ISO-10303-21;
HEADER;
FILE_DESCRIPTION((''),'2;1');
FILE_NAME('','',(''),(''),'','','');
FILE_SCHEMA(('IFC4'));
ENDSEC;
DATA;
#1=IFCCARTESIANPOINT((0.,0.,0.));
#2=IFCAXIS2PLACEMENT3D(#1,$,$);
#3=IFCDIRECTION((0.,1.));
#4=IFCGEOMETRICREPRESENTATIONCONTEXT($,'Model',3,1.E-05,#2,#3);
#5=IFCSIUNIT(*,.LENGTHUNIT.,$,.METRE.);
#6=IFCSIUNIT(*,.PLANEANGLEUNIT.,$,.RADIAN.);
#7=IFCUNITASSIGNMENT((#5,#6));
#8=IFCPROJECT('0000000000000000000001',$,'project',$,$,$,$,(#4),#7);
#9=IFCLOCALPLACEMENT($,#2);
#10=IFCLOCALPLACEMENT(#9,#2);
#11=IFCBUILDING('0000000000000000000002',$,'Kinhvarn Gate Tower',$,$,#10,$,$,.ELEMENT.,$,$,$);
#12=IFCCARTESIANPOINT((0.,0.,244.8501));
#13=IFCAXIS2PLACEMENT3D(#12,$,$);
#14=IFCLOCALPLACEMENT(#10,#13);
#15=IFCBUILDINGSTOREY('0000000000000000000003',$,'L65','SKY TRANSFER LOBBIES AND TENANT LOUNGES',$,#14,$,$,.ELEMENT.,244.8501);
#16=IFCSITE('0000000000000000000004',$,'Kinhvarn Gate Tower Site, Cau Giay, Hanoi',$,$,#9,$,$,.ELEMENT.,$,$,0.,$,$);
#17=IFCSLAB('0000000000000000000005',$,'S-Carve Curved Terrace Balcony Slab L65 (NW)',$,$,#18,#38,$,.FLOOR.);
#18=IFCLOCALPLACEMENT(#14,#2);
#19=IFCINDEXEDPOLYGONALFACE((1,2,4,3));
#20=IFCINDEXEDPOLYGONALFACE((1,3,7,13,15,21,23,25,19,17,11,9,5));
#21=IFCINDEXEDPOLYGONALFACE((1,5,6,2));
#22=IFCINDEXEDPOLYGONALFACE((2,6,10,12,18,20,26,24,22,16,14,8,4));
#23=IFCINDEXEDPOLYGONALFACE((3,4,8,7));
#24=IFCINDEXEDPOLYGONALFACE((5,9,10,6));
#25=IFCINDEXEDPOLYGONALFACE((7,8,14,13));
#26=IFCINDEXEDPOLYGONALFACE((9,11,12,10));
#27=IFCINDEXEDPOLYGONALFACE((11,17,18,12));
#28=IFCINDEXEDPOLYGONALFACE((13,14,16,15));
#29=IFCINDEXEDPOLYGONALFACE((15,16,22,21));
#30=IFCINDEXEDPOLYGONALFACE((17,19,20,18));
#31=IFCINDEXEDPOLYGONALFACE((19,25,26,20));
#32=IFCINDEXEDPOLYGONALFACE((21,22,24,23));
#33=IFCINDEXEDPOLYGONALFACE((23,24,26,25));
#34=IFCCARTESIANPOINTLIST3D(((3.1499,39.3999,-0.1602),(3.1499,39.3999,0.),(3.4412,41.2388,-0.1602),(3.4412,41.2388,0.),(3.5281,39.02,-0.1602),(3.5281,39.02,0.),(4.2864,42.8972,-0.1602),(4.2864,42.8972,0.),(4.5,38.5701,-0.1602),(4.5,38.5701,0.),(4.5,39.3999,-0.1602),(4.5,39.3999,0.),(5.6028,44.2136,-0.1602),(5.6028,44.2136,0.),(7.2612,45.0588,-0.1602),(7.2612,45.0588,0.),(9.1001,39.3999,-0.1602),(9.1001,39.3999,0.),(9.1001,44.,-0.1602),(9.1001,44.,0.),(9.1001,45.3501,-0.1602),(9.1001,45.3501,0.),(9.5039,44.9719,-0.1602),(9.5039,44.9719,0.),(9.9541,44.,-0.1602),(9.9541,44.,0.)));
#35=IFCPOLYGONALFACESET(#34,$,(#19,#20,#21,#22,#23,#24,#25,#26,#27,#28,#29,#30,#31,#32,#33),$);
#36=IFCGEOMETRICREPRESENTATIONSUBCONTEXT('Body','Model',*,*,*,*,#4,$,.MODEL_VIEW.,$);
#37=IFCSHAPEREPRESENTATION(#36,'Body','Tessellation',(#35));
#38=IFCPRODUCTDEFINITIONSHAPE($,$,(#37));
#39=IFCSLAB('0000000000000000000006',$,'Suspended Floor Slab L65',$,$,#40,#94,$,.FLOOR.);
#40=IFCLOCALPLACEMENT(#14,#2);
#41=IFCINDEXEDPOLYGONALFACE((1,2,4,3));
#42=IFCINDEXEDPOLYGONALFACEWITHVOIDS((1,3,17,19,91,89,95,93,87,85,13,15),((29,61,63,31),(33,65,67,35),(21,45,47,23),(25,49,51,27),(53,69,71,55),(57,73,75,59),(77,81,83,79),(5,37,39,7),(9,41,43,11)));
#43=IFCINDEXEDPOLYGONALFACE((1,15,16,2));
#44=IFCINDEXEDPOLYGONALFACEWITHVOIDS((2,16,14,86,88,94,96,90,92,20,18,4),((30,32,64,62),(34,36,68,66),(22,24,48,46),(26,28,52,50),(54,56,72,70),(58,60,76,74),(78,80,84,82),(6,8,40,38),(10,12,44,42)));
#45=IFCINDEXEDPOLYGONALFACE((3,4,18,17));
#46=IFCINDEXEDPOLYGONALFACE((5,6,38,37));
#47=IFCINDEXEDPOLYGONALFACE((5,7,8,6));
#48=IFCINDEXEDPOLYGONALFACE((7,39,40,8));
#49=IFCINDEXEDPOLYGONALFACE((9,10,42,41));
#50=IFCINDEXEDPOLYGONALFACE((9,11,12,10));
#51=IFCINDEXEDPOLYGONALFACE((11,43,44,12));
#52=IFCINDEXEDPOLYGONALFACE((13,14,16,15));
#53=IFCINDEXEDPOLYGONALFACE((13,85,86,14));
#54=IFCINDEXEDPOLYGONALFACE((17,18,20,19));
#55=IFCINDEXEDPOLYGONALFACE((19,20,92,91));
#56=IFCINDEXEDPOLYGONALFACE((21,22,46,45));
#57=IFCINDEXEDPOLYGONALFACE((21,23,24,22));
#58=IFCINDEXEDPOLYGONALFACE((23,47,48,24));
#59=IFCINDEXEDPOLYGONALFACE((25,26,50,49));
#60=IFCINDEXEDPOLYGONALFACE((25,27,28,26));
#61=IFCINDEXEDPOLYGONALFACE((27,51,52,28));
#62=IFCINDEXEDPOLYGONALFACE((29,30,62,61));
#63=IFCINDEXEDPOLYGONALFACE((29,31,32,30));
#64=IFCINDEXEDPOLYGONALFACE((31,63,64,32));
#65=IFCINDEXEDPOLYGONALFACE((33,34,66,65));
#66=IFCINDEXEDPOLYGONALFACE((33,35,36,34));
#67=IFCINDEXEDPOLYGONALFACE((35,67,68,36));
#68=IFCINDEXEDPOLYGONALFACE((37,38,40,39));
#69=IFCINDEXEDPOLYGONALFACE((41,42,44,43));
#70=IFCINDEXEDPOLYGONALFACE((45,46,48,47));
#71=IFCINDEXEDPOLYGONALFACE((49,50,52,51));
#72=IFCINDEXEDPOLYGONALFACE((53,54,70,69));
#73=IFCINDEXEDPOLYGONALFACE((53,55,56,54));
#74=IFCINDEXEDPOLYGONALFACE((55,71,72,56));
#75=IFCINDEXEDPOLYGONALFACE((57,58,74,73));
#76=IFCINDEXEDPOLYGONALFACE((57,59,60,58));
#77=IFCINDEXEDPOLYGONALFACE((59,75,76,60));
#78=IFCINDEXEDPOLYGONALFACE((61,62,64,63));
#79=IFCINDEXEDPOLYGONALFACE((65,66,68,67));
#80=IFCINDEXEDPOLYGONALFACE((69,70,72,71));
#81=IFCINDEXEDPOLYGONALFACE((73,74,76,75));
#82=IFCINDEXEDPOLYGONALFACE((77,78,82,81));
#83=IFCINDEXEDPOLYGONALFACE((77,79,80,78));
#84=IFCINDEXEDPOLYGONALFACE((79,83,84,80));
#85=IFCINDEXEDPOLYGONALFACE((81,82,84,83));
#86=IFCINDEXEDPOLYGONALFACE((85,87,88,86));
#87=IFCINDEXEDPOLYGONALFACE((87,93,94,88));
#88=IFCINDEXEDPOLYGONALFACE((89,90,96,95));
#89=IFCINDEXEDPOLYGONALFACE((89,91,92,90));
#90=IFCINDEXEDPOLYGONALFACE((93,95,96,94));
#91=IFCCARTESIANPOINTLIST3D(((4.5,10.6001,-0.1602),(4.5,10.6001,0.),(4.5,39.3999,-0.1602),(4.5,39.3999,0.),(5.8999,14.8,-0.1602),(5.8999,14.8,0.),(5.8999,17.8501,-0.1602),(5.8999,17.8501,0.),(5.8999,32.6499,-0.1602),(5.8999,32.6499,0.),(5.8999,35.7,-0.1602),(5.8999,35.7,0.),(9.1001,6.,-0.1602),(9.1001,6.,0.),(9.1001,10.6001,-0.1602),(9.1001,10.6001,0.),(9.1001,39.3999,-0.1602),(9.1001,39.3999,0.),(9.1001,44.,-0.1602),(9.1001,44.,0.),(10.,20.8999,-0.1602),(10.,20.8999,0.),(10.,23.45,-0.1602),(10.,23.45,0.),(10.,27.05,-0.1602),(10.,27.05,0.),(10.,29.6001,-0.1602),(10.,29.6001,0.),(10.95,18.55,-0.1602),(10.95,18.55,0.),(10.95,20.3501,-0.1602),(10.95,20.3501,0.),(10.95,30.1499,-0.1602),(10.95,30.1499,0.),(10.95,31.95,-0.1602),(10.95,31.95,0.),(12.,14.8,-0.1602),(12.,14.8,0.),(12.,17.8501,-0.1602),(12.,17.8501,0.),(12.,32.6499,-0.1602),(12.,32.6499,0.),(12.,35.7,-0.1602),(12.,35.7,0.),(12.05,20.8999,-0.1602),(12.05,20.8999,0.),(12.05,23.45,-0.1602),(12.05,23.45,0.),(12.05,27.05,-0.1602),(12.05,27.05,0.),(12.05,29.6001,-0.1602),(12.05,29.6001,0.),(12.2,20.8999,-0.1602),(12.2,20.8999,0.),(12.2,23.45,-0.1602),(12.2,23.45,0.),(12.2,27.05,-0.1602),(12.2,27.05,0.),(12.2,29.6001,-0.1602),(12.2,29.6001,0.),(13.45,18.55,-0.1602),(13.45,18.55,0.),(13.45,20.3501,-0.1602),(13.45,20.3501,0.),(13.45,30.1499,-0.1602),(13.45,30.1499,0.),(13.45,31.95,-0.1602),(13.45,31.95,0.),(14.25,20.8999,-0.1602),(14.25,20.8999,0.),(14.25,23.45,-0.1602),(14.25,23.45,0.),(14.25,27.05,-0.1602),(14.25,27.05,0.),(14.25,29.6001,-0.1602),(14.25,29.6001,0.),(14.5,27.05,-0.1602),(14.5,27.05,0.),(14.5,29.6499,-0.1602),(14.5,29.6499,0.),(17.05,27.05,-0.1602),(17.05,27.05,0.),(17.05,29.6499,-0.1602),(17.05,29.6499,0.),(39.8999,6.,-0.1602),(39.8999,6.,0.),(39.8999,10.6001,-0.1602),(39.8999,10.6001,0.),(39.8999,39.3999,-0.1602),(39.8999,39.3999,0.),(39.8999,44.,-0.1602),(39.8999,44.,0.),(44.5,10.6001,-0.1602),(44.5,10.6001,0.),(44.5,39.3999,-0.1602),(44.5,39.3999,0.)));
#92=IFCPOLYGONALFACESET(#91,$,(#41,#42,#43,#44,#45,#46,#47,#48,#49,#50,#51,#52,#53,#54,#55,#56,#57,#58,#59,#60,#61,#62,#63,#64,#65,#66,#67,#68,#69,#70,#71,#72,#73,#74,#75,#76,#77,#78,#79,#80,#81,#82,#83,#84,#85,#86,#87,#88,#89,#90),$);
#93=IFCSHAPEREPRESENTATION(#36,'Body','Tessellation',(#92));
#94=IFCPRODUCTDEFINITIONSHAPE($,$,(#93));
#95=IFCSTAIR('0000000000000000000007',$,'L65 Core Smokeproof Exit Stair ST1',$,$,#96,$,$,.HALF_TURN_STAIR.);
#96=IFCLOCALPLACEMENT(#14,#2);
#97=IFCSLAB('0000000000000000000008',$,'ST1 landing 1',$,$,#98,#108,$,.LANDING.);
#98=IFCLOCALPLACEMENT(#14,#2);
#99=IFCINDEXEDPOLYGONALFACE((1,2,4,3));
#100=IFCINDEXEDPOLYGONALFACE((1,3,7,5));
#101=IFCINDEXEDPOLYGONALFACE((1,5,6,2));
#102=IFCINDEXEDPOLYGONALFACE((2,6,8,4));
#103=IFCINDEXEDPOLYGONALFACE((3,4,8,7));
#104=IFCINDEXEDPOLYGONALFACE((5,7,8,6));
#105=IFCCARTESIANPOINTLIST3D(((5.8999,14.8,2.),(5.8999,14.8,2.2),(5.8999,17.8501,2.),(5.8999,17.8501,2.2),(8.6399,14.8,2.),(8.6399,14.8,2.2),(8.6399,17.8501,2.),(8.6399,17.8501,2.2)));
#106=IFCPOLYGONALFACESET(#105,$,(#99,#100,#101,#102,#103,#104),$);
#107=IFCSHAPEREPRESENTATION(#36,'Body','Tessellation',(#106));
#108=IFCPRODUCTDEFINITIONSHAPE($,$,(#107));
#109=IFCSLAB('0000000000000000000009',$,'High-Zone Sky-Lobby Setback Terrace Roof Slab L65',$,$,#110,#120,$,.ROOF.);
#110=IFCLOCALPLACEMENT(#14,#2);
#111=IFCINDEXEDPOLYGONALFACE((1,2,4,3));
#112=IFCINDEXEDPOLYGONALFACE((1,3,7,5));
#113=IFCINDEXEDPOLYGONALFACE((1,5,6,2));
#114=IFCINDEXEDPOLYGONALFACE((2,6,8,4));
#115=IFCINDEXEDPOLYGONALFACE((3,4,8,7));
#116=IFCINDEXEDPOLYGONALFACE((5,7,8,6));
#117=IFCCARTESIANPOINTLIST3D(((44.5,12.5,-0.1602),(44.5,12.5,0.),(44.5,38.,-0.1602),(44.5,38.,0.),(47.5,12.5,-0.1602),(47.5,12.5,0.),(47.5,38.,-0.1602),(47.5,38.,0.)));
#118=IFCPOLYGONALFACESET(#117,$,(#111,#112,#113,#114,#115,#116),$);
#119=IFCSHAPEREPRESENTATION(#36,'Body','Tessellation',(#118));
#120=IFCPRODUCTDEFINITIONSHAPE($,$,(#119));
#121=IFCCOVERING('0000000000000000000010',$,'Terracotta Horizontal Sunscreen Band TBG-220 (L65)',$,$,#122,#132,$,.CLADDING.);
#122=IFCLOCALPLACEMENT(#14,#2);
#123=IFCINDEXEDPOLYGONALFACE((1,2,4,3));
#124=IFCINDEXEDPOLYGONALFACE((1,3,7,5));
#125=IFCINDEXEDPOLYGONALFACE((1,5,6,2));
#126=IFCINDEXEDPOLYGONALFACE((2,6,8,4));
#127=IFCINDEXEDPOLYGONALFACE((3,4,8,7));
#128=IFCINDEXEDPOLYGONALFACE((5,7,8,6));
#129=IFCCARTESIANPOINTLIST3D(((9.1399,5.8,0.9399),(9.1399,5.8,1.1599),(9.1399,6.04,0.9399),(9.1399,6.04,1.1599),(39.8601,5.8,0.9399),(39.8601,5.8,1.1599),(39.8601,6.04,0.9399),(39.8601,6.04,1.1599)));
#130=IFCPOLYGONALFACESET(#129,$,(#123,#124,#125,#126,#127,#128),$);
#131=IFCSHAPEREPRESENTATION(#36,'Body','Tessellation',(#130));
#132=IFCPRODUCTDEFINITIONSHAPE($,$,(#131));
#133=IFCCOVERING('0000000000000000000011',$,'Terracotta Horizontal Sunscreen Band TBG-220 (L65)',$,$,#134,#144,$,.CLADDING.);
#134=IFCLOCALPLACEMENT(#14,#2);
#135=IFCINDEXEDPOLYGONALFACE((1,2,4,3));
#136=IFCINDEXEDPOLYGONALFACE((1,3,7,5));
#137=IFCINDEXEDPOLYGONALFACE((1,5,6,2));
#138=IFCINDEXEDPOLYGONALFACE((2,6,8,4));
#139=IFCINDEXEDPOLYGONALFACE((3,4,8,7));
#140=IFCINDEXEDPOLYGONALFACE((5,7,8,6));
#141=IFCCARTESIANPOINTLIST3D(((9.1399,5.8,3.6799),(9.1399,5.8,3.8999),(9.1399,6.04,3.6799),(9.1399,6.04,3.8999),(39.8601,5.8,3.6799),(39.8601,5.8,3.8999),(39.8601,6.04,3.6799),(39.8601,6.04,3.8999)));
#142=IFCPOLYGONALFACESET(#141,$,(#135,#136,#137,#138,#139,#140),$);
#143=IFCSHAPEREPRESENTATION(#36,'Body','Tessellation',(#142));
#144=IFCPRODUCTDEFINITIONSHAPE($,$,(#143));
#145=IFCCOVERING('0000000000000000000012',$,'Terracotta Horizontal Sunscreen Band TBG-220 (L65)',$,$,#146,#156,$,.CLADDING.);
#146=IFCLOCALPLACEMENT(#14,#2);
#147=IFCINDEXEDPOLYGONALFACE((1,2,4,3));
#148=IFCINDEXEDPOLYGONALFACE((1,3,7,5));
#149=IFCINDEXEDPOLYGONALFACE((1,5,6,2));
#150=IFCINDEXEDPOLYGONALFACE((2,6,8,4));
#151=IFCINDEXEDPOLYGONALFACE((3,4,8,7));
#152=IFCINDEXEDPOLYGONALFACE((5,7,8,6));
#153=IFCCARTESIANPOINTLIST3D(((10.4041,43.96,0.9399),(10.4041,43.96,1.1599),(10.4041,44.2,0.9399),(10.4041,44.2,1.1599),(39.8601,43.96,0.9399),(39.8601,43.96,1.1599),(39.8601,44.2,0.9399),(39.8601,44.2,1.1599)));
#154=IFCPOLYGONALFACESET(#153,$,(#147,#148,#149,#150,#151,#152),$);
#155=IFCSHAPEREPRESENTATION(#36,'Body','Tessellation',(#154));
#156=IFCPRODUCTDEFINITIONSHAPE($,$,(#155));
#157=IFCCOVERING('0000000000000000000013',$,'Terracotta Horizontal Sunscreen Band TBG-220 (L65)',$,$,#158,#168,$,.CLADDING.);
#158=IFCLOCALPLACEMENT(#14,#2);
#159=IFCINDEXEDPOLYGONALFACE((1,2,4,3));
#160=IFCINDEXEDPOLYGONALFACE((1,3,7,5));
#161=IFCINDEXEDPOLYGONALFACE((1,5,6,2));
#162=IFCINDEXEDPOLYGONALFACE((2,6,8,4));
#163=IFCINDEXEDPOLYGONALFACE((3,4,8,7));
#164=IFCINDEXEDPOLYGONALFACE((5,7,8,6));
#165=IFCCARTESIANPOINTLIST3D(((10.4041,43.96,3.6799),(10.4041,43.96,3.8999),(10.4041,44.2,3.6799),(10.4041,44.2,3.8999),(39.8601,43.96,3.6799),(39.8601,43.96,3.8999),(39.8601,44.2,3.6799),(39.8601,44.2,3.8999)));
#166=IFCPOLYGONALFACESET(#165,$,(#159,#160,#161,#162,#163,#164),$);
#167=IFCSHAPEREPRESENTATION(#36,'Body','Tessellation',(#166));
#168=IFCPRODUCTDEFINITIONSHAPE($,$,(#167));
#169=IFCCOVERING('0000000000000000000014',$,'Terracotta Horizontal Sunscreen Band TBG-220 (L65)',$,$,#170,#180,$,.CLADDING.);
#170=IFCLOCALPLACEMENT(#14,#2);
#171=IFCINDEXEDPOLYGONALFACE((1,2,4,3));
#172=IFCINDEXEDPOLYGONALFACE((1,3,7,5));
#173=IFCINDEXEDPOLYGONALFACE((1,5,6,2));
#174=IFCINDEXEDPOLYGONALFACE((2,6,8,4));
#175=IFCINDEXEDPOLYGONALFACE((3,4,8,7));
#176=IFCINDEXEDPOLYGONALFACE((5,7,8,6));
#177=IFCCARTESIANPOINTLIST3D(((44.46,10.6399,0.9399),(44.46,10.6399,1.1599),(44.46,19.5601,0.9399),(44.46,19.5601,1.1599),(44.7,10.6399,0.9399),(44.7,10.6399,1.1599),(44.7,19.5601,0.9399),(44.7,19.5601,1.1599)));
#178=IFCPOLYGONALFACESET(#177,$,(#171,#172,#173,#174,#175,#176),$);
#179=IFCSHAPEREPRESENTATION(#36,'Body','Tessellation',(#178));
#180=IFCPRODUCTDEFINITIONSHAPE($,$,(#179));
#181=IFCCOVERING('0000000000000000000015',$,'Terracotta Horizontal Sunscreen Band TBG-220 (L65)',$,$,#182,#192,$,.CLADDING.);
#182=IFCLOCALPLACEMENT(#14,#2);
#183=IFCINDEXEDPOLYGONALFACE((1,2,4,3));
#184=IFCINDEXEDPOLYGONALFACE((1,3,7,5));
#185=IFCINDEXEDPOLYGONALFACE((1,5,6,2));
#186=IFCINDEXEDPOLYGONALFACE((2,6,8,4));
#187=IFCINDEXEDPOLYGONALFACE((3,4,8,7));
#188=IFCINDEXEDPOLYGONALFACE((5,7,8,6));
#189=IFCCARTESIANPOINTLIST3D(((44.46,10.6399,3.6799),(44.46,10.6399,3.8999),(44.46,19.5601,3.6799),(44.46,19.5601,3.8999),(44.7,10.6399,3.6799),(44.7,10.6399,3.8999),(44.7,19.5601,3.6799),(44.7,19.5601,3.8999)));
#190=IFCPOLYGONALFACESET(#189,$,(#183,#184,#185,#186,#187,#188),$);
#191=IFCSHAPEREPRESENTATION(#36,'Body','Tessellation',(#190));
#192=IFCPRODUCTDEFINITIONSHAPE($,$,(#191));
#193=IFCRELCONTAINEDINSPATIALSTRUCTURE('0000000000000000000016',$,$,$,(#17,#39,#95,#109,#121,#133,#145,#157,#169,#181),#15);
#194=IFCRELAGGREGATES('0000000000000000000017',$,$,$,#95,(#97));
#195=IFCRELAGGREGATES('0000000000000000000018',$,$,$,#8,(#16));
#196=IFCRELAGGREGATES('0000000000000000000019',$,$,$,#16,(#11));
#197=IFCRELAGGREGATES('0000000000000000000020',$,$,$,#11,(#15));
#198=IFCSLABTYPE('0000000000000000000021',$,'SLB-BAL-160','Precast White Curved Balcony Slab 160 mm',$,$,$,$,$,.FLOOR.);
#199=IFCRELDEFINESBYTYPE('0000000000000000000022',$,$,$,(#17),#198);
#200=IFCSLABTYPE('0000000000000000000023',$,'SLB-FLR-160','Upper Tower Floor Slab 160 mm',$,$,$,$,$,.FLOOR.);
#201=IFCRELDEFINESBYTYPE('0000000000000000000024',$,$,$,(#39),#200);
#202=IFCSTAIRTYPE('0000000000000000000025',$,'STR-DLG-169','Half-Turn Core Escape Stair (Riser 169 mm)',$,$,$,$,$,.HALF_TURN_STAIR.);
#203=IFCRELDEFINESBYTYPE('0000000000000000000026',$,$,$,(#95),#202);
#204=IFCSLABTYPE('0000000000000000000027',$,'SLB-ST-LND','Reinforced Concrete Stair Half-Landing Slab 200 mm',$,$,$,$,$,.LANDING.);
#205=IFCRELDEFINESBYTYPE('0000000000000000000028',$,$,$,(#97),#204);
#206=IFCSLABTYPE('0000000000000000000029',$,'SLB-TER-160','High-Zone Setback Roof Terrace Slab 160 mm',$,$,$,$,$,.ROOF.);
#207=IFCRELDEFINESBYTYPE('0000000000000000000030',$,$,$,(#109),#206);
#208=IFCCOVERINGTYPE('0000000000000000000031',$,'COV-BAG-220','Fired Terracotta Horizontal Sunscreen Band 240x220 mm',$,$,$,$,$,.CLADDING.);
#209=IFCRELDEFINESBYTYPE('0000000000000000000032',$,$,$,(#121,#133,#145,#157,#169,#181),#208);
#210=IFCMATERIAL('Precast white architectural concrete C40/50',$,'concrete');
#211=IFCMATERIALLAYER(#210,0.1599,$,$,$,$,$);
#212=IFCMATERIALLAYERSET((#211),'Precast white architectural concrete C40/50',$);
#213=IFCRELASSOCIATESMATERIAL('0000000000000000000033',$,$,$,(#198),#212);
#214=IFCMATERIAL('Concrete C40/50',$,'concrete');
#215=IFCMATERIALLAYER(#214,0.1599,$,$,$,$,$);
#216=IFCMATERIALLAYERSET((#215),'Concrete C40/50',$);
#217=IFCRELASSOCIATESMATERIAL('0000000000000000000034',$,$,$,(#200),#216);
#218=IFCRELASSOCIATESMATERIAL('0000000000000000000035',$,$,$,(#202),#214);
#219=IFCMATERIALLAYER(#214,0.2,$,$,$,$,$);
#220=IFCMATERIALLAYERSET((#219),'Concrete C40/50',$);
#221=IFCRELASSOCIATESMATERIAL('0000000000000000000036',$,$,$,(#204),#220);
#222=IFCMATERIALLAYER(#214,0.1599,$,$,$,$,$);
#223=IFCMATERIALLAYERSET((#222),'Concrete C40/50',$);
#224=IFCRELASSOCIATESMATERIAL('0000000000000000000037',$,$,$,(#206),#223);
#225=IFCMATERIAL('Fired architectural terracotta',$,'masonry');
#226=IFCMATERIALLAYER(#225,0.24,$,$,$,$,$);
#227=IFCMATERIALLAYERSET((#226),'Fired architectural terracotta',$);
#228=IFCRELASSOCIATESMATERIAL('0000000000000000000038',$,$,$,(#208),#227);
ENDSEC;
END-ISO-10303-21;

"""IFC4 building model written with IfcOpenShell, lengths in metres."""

from ifc_helpers import new_model, si_unit, direction, frame, origin, place, context, subcontext, project, spatial, polyline, outline, extrude, material, layer, layer_set, type_object, element, aggregate, save


model = new_model("IFC4")

# Units and contexts
model_context = context("Model", 3, precision=1e-05, world=origin(), true_north=direction((0.0, 1.0)))
body_context = subcontext(model_context, "Body", "Model", "MODEL_VIEW")
ifc_project = project(units=[si_unit("LENGTHUNIT", "METRE"), si_unit("PLANEANGLEUNIT", "RADIAN")], contexts=[model_context])

# Site, building, storey
site_placement = place(None, origin())
site = spatial("IfcSite", under=ifc_project, at=site_placement, Name="Kinhvarn Gate Tower Site, Cau Giay, Hanoi", CompositionType="ELEMENT", RefElevation=0.0)
building_placement = place(site_placement, origin())
building = spatial("IfcBuilding", under=site, at=building_placement, Name="Kinhvarn Gate Tower", CompositionType="ELEMENT")
storey_placement = place(building_placement, frame((0.0, 0.0, 244.8501)))
storey = spatial("IfcBuildingStorey", under=building, at=storey_placement, Name="L65", Description="SKY TRANSFER LOBBIES AND TENANT LOUNGES", CompositionType="ELEMENT", Elevation=244.8501)

# Slabs
ifc_material_1 = material(Name="Precast white architectural concrete C40/50", Category="concrete")
ifc_layer_1 = layer(ifc_material_1, 0.1599)
ifc_layer_set_1 = layer_set([ifc_layer_1], Name="Precast white architectural concrete C40/50")
slab_type_1 = type_object("IfcSlabType", Name="SLB-BAL-160", Description="Precast White Curved Balcony Slab 160 mm", PredefinedType="FLOOR", material=ifc_layer_set_1)
slab_1_placement = place(storey_placement, frame((0.0, 0.0, -0.1602)))
element("IfcSlab", 1, at=slab_1_placement, inside=storey, type_object=slab_type_1, Name="S-Carve Curved Terrace Balcony Slab L65 (NW)", PredefinedType="FLOOR", context=body_context, shape_type="SweptSolid", body=[
    extrude(outline(polyline([(9.9541, 44.0), (9.5039, 44.9719), (9.1001, 45.3501), (7.2612, 45.0588), (5.6028, 44.2136), (4.2864, 42.8972), (3.4412, 41.2388), (3.1499, 39.3999), (3.5281, 39.02), (4.5, 38.5701), (4.5, 39.3999), (9.1001, 39.3999), (9.1001, 44.0), (9.9541, 44.0)])), origin(), (0.0, 0.0, 1.0), 0.1602),
])
ifc_material_2 = material(Name="Concrete C40/50", Category="concrete")
ifc_layer_2 = layer(ifc_material_2, 0.1599)
ifc_layer_set_2 = layer_set([ifc_layer_2], Name="Concrete C40/50")
slab_type_2 = type_object("IfcSlabType", Name="SLB-FLR-160", Description="Upper Tower Floor Slab 160 mm", PredefinedType="FLOOR", material=ifc_layer_set_2)
slab_2_placement = place(storey_placement, frame((0.0, 0.0, -0.1602)))
element("IfcSlab", 2, at=slab_2_placement, inside=storey, type_object=slab_type_2, Name="Suspended Floor Slab L65", PredefinedType="FLOOR", context=body_context, shape_type="SweptSolid", body=[
    extrude(outline(polyline([(9.1001, 6.0), (39.8999, 6.0), (39.8999, 10.6001), (44.5, 10.6001), (44.5, 39.3999), (39.8999, 39.3999), (39.8999, 44.0), (9.1001, 44.0), (9.1001, 39.3999), (4.5, 39.3999), (4.5, 10.6001), (9.1001, 10.6001), (9.1001, 6.0)]), holes=[polyline([(5.8999, 14.8), (12.0, 14.8), (12.0, 17.8501), (5.8999, 17.8501), (5.8999, 14.8)]), polyline([(5.8999, 32.6499), (12.0, 32.6499), (12.0, 35.7), (5.8999, 35.7), (5.8999, 32.6499)]), polyline([(10.0, 20.8999), (12.05, 20.8999), (12.05, 23.45), (10.0, 23.45), (10.0, 20.8999)]), polyline([(12.2, 20.8999), (14.25, 20.8999), (14.25, 23.45), (12.2, 23.45), (12.2, 20.8999)]), polyline([(10.0, 27.05), (12.05, 27.05), (12.05, 29.6001), (10.0, 29.6001), (10.0, 27.05)]), polyline([(12.2, 27.05), (14.25, 27.05), (14.25, 29.6001), (12.2, 29.6001), (12.2, 27.05)]), polyline([(14.5, 27.05), (17.05, 27.05), (17.05, 29.6499), (14.5, 29.6499), (14.5, 27.05)]), polyline([(10.95, 18.55), (13.45, 18.55), (13.45, 20.3501), (10.95, 20.3501), (10.95, 18.55)]), polyline([(10.95, 30.1499), (13.45, 30.1499), (13.45, 31.95), (10.95, 31.95), (10.95, 30.1499)])]), origin(), (0.0, 0.0, 1.0), 0.1602),
])

# Stair, slab
stair_type = type_object("IfcStairType", Name="STR-DLG-169", Description="Half-Turn Core Escape Stair (Riser 169 mm)", PredefinedType="HALF_TURN_STAIR", material=ifc_material_2)
stair_placement = place(storey_placement, origin())
stair = element("IfcStair", 3, at=stair_placement, inside=storey, type_object=stair_type, Name="L65 Core Smokeproof Exit Stair ST1", PredefinedType="HALF_TURN_STAIR")
ifc_layer_3 = layer(ifc_material_2, 0.2)
ifc_layer_set_3 = layer_set([ifc_layer_3], Name="Concrete C40/50")
slab_type_3 = type_object("IfcSlabType", Name="SLB-ST-LND", Description="Reinforced Concrete Stair Half-Landing Slab 200 mm", PredefinedType="LANDING", material=ifc_layer_set_3)
slab_3_placement = place(storey_placement, frame((0.0, 0.0, 2.0)))
slab_3 = element("IfcSlab", 4, at=slab_3_placement, type_object=slab_type_3, Name="ST1 landing 1", PredefinedType="LANDING", context=body_context, shape_type="SweptSolid", body=[
    extrude(outline(polyline([(8.6399, 17.8501), (5.8999, 17.8501), (5.8999, 14.8), (8.6399, 14.8), (8.6399, 17.8501)])), origin(), (0.0, 0.0, 1.0), 0.2),
])
aggregate(stair, [slab_3])

# Slab
ifc_layer_4 = layer(ifc_material_2, 0.1599)
ifc_layer_set_4 = layer_set([ifc_layer_4], Name="Concrete C40/50")
slab_type_4 = type_object("IfcSlabType", Name="SLB-TER-160", Description="High-Zone Setback Roof Terrace Slab 160 mm", PredefinedType="ROOF", material=ifc_layer_set_4)
slab_4_placement = place(storey_placement, frame((0.0, 0.0, -0.1602)))
element("IfcSlab", 5, at=slab_4_placement, inside=storey, type_object=slab_type_4, Name="High-Zone Sky-Lobby Setback Terrace Roof Slab L65", PredefinedType="ROOF", context=body_context, shape_type="SweptSolid", body=[
    extrude(outline(polyline([(44.5, 12.5), (47.5, 12.5), (47.5, 38.0), (44.5, 38.0), (44.5, 12.5)])), origin(), (0.0, 0.0, 1.0), 0.1602),
])

# Coverings
ifc_material_3 = material(Name="Fired architectural terracotta", Category="masonry")
ifc_layer_5 = layer(ifc_material_3, 0.24)
ifc_layer_set_5 = layer_set([ifc_layer_5], Name="Fired architectural terracotta")
covering_type_1 = type_object("IfcCoveringType", Name="COV-BAG-220", Description="Fired Terracotta Horizontal Sunscreen Band 240x220 mm", PredefinedType="CLADDING", material=ifc_layer_set_5)
for number, where, name in (
    (6, (0.0, 0.0, 0.9399), "Terracotta Horizontal Sunscreen Band TBG-220 (L65)"),
    (7, (0.0, 0.0, 3.6799), "Terracotta Horizontal Sunscreen Band TBG-220 (L65)"),
):
    element("IfcCovering", number, at=place(storey_placement, frame(where)), inside=storey, type_object=covering_type_1, Name=name, PredefinedType="CLADDING", context=body_context, shape_type="SweptSolid", body=[
        extrude(outline(polyline([(9.1399, 6.04), (39.8601, 6.04), (39.8601, 5.8), (9.1399, 5.8), (9.1399, 6.04)])), origin(), (0.0, 0.0, 1.0), 0.22),
    ])
for number, where, name in (
    (8, (0.0, 0.0, 0.9399), "Terracotta Horizontal Sunscreen Band TBG-220 (L65)"),
    (9, (0.0, 0.0, 3.6799), "Terracotta Horizontal Sunscreen Band TBG-220 (L65)"),
):
    element("IfcCovering", number, at=place(storey_placement, frame(where)), inside=storey, type_object=covering_type_1, Name=name, PredefinedType="CLADDING", context=body_context, shape_type="SweptSolid", body=[
        extrude(outline(polyline([(39.8601, 43.96), (10.4041, 43.96), (10.4041, 44.2), (39.8601, 44.2), (39.8601, 43.96)])), origin(), (0.0, 0.0, 1.0), 0.22),
    ])
for number, where, name in (
    (10, (0.0, 0.0, 0.9399), "Terracotta Horizontal Sunscreen Band TBG-220 (L65)"),
    (11, (0.0, 0.0, 3.6799), "Terracotta Horizontal Sunscreen Band TBG-220 (L65)"),
):
    element("IfcCovering", number, at=place(storey_placement, frame(where)), inside=storey, type_object=covering_type_1, Name=name, PredefinedType="CLADDING", context=body_context, shape_type="SweptSolid", body=[
        extrude(outline(polyline([(44.46, 10.6399), (44.46, 19.5601), (44.7, 19.5601), (44.7, 10.6399), (44.46, 10.6399)])), origin(), (0.0, 0.0, 1.0), 0.22),
    ])

save(model, "model.ifc")
